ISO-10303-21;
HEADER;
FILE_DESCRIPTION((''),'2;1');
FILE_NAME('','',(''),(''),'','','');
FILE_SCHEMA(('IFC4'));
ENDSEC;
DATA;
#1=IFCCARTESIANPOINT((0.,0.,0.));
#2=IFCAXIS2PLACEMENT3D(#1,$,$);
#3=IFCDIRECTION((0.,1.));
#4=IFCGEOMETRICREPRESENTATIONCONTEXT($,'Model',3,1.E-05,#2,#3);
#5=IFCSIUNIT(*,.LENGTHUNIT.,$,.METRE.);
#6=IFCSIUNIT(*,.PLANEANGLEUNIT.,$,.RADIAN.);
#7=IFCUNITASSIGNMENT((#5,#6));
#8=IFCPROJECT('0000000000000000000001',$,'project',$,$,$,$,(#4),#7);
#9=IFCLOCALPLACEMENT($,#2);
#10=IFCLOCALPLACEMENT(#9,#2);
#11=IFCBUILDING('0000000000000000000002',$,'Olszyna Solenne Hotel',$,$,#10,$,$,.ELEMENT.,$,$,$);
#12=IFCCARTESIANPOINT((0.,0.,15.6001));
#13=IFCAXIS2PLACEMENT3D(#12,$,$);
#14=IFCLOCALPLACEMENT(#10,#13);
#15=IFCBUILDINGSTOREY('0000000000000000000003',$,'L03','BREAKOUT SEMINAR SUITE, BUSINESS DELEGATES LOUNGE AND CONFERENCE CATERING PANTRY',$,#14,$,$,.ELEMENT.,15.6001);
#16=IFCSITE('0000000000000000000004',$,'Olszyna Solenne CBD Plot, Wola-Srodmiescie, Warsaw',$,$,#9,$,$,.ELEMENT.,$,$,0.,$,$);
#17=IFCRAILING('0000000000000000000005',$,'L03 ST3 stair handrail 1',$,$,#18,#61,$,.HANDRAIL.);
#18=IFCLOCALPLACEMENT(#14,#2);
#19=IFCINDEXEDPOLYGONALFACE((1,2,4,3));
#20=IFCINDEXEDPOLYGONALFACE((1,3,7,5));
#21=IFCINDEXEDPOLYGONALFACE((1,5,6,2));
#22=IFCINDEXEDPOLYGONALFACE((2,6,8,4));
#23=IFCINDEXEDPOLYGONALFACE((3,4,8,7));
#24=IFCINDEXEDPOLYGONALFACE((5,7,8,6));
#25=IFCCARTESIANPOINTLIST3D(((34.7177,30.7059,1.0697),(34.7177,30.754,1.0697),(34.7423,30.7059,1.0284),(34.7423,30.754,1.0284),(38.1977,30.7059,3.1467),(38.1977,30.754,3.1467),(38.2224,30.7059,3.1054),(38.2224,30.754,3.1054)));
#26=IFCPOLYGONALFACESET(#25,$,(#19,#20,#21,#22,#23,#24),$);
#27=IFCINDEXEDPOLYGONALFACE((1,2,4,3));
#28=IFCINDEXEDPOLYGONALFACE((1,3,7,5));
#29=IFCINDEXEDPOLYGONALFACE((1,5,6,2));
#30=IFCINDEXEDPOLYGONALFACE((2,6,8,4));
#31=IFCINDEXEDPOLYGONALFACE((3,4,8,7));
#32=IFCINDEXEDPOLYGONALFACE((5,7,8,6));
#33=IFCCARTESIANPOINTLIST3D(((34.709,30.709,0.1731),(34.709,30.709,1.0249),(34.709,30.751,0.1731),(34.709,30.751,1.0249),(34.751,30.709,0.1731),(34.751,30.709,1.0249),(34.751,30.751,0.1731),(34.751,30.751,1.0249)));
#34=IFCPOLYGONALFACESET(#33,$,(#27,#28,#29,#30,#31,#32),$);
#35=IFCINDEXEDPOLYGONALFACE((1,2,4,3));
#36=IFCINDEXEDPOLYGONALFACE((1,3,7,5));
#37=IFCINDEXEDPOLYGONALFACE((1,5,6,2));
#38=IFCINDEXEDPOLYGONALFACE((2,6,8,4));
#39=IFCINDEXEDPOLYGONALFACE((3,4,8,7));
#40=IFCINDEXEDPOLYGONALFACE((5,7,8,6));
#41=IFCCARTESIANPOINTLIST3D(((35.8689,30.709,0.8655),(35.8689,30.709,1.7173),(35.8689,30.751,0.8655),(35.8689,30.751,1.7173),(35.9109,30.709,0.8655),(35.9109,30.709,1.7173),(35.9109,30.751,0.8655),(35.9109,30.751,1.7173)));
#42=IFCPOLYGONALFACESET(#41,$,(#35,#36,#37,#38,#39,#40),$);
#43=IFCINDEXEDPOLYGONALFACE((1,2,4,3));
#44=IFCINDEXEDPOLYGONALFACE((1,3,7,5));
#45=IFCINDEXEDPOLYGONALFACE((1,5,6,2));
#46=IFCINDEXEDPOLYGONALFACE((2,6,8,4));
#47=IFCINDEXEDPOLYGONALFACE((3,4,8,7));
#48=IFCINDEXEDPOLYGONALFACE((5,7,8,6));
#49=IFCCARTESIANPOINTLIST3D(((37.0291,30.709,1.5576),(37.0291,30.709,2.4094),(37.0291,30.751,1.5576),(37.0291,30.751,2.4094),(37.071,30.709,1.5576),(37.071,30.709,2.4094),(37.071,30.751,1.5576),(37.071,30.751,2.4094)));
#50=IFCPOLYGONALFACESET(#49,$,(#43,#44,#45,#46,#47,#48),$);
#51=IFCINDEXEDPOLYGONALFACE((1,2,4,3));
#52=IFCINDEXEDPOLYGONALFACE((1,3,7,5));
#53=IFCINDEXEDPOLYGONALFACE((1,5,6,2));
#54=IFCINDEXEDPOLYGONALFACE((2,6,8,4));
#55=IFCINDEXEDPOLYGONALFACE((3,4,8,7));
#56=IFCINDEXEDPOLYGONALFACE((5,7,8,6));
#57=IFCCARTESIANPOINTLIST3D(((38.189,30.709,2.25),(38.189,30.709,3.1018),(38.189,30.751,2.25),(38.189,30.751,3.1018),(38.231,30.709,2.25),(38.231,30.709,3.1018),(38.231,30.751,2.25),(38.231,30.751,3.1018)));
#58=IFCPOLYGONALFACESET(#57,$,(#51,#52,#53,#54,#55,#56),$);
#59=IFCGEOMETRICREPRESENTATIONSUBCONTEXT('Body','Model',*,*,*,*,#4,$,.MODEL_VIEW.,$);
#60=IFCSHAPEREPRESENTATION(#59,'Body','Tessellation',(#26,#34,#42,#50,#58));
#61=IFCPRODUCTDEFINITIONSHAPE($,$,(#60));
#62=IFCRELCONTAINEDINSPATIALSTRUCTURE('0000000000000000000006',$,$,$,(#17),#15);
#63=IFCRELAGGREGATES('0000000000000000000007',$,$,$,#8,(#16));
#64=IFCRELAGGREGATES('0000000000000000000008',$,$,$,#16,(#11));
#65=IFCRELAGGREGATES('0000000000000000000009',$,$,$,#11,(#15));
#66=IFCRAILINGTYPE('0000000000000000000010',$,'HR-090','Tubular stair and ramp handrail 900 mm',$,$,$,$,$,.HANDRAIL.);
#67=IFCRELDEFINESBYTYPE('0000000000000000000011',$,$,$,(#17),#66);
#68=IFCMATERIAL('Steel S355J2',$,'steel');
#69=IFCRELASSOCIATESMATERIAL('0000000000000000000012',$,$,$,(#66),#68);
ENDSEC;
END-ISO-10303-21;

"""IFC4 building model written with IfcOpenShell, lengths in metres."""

from ifc_helpers import new_model, si_unit, direction, frame, origin, origin_2d, place, context, subcontext, project, spatial, rectangle, extrude, material, type_object, element, save


model = new_model("IFC4")

# Units and contexts
model_context = context("Model", 3, precision=1e-05, world=origin(), true_north=direction((0.0, 1.0)))
body_context = subcontext(model_context, "Body", "Model", "MODEL_VIEW")
ifc_project = project(units=[si_unit("LENGTHUNIT", "METRE"), si_unit("PLANEANGLEUNIT", "RADIAN")], contexts=[model_context])

# Site, building, storey
site_placement = place(None, origin())
site = spatial("IfcSite", under=ifc_project, at=site_placement, Name="Olszyna Solenne CBD Plot, Wola-Srodmiescie, Warsaw", CompositionType="ELEMENT", RefElevation=0.0)
building_placement = place(site_placement, origin())
building = spatial("IfcBuilding", under=site, at=building_placement, Name="Olszyna Solenne Hotel", CompositionType="ELEMENT")
storey_placement = place(building_placement, frame((0.0, 0.0, 15.6001)))
storey = spatial("IfcBuildingStorey", under=building, at=storey_placement, Name="L03", Description="BREAKOUT SEMINAR SUITE, BUSINESS DELEGATES LOUNGE AND CONFERENCE CATERING PANTRY", CompositionType="ELEMENT", Elevation=15.6001)

# Shared definitions
ifc_material_1 = material(Name="Steel S355J2", Category="steel")

# Railing
railing_type_1 = type_object("IfcRailingType", Name="HR-090", Description="Tubular stair and ramp handrail 900 mm", PredefinedType="HANDRAIL", material=ifc_material_1)
railing_1_placement = place(storey_placement, frame((34.73, 30.73, 0.1731)))
element("IfcRailing", 1, at=railing_1_placement, inside=storey, type_object=railing_type_1, Name="L03 ST3 stair handrail 1", PredefinedType="HANDRAIL", context=body_context, shape_type="SweptSolid", body=[
    extrude(rectangle(XDim=0.0481, YDim=0.0481, at=origin_2d()), frame((0.0, 0.0, 0.876), z_axis=(0.858697, 0.0, 0.512483), x_axis=(0.0, 1.0, 0.0)), (0.0, 0.0, 1.0), 4.0527),
    extrude(rectangle(XDim=0.042, YDim=0.042, at=origin_2d()), origin(), (0.0, 0.0, 1.0), 0.8518),
    extrude(rectangle(XDim=0.042, YDim=0.042, at=origin_2d()), frame((1.1599, 0.0, 0.6924)), (0.0, 0.0, 1.0), 0.8518),
    extrude(rectangle(XDim=0.042, YDim=0.042, at=origin_2d()), frame((2.3201, 0.0, 1.3845)), (0.0, 0.0, 1.0), 0.8518),
    extrude(rectangle(XDim=0.042, YDim=0.042, at=origin_2d()), frame((3.48, 0.0, 2.0769)), (0.0, 0.0, 1.0), 0.8518),
])

save(model, "model.ifc")
